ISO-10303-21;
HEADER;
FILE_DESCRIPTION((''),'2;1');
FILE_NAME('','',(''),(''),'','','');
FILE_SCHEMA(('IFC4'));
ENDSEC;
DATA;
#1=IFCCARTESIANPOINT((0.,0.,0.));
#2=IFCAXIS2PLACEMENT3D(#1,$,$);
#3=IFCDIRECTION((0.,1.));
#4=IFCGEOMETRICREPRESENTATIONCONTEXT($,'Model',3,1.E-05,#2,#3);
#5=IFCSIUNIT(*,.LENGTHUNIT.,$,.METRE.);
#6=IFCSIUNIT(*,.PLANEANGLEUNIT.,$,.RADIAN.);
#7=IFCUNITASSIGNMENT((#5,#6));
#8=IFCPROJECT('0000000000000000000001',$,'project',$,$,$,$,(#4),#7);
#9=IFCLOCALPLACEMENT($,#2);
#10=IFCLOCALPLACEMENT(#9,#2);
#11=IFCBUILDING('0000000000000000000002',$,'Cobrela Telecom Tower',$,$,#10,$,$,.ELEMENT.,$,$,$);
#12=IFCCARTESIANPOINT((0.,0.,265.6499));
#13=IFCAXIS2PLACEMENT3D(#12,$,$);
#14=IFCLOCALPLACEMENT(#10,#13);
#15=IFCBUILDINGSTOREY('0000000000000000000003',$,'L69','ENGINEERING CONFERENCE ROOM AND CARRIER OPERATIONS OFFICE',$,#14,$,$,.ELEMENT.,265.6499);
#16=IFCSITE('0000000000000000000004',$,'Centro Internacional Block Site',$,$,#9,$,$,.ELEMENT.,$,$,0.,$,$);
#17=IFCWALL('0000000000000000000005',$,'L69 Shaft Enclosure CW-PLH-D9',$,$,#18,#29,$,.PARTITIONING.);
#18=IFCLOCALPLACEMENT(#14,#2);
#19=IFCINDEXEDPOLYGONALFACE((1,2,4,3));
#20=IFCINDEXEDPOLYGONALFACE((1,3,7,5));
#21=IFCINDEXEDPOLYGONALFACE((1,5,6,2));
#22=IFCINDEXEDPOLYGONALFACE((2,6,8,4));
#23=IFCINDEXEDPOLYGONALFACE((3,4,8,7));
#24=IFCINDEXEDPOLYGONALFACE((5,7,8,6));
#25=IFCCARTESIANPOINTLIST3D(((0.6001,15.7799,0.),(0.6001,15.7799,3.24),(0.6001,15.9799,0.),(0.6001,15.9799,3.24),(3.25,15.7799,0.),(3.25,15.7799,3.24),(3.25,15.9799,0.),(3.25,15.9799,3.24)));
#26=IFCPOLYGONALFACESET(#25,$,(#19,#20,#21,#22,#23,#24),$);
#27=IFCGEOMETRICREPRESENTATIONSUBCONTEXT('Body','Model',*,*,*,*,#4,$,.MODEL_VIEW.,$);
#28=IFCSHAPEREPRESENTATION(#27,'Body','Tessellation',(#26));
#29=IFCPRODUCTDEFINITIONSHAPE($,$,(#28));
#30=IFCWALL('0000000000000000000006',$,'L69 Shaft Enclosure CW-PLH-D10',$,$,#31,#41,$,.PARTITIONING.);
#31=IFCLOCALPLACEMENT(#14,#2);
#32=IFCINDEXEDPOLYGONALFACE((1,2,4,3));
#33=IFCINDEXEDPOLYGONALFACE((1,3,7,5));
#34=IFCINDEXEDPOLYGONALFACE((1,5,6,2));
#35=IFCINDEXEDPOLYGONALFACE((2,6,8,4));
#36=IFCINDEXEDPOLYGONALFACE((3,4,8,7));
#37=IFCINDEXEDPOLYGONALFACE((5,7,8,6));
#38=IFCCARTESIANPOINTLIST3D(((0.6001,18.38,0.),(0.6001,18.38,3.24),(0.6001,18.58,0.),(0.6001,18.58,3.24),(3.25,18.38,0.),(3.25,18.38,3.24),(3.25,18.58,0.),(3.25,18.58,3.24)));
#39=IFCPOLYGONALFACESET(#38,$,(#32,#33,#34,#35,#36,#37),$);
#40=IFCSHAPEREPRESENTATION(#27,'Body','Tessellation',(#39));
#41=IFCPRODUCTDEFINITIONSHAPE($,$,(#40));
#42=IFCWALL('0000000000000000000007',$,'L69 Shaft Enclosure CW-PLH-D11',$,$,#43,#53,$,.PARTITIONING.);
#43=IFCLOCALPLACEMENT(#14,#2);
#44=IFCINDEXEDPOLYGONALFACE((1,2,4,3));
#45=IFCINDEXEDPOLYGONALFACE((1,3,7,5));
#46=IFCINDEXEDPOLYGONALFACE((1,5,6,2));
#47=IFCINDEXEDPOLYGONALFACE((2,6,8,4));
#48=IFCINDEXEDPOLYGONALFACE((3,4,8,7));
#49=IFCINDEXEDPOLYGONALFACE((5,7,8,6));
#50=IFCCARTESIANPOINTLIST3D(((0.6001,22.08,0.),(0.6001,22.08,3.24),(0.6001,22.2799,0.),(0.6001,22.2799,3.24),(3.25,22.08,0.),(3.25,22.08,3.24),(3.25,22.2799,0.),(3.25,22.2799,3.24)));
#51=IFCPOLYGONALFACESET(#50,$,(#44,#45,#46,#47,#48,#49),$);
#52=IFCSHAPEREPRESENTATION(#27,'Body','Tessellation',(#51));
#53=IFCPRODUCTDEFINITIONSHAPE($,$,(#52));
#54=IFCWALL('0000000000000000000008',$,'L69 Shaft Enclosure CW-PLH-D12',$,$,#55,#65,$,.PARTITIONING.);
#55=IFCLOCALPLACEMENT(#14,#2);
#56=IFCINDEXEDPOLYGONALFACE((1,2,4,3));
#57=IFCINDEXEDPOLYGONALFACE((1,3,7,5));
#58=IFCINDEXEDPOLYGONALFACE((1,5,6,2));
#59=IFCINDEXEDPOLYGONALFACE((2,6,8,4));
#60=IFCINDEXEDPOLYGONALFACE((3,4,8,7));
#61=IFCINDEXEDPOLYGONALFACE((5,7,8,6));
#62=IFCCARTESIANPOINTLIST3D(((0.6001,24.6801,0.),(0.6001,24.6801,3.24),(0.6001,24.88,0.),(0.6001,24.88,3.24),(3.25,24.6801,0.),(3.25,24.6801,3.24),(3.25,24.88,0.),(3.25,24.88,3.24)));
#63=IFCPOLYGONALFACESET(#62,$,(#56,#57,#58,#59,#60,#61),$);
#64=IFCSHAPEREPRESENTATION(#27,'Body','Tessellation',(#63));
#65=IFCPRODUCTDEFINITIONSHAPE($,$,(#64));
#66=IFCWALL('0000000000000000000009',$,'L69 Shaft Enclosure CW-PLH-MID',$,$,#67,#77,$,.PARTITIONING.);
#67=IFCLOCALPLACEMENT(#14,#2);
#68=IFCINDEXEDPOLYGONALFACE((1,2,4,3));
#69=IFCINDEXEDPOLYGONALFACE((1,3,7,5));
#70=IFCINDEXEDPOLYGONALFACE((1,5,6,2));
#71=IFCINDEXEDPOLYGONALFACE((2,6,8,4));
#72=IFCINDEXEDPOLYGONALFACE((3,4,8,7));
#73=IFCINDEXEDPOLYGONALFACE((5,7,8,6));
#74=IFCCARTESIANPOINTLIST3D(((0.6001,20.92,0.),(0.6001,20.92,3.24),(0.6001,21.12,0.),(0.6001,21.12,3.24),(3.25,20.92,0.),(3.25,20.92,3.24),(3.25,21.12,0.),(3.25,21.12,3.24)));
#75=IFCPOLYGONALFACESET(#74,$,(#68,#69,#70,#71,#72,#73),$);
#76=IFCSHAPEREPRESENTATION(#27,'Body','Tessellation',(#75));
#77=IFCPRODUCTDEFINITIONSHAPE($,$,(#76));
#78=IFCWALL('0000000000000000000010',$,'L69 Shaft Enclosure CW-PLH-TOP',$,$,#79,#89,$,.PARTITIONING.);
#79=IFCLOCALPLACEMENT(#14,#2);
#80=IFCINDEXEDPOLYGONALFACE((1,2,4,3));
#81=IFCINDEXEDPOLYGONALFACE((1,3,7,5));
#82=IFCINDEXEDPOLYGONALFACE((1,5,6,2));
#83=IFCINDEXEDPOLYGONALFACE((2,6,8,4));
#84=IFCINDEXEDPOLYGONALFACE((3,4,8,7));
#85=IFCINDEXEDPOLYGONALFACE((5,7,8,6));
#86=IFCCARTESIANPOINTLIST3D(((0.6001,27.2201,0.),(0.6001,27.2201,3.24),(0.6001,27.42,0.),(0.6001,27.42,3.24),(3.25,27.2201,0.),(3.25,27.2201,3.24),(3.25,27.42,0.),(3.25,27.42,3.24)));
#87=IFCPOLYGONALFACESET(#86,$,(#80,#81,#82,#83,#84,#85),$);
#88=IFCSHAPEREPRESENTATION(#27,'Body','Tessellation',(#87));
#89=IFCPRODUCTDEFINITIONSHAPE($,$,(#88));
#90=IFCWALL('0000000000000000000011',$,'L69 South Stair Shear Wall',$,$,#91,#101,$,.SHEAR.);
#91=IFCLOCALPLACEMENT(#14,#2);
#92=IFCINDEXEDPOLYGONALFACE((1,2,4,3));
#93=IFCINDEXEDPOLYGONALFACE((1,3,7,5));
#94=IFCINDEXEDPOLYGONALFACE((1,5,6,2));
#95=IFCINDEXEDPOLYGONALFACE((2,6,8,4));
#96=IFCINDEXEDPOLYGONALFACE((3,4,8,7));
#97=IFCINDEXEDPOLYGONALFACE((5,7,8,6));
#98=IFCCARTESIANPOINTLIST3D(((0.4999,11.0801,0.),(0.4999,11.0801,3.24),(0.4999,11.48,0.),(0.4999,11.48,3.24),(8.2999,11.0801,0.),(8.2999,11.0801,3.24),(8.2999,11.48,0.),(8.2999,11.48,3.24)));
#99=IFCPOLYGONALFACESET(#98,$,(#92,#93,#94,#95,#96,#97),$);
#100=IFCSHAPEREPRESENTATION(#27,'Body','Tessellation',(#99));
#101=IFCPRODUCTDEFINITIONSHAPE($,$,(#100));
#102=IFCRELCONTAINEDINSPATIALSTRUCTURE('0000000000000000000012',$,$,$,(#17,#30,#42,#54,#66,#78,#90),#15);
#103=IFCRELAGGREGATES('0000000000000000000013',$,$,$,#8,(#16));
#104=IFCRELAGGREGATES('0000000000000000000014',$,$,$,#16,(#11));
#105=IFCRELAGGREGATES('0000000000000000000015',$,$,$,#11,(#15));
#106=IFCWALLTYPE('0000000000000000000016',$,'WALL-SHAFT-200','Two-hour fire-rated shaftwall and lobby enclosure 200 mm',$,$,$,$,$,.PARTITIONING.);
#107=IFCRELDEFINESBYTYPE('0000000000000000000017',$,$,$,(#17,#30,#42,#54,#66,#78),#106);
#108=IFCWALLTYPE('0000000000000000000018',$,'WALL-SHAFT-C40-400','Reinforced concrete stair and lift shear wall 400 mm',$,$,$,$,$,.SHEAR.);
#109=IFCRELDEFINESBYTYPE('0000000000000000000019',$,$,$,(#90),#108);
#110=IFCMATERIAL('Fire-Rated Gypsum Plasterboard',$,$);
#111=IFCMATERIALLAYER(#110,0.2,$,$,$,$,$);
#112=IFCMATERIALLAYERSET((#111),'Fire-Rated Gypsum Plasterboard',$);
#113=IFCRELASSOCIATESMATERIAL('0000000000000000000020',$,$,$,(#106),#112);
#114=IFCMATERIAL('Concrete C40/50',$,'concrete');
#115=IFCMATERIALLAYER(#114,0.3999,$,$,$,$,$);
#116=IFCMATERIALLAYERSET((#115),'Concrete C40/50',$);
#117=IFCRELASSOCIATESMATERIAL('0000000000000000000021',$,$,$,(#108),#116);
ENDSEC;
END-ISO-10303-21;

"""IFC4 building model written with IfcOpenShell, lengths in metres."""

from ifc_helpers import new_model, si_unit, direction, frame, frame_2d, origin, place, context, subcontext, project, spatial, rectangle, extrude, material, layer, layer_set, type_object, element, save


model = new_model("IFC4")

# Units and contexts
model_context = context("Model", 3, precision=1e-05, world=origin(), true_north=direction((0.0, 1.0)))
body_context = subcontext(model_context, "Body", "Model", "MODEL_VIEW")
ifc_project = project(units=[si_unit("LENGTHUNIT", "METRE"), si_unit("PLANEANGLEUNIT", "RADIAN")], contexts=[model_context])

# Site, building, storey
site_placement = place(None, origin())
site = spatial("IfcSite", under=ifc_project, at=site_placement, Name="Centro Internacional Block Site", CompositionType="ELEMENT", RefElevation=0.0)
building_placement = place(site_placement, origin())
building = spatial("IfcBuilding", under=site, at=building_placement, Name="Cobrela Telecom Tower", CompositionType="ELEMENT")
storey_placement = place(building_placement, frame((0.0, 0.0, 265.6499)))
storey = spatial("IfcBuildingStorey", under=building, at=storey_placement, Name="L69", Description="ENGINEERING CONFERENCE ROOM AND CARRIER OPERATIONS OFFICE", CompositionType="ELEMENT", Elevation=265.6499)

# Shared definitions
ifc_material_1 = material(Name="Fire-Rated Gypsum Plasterboard")

# Shared definitions
ifc_layer_1 = layer(ifc_material_1, 0.2)
ifc_layer_set_1 = layer_set([ifc_layer_1], Name="Fire-Rated Gypsum Plasterboard")
wall_type_1 = type_object("IfcWallType", Name="WALL-SHAFT-200", Description="Two-hour fire-rated shaftwall and lobby enclosure 200 mm", PredefinedType="PARTITIONING", material=ifc_layer_set_1)

# Walls
for number, where, z_axis, x_axis, name in (
    (1, (0.6001, 15.8799, 0.0), (0.0, 0.0, 1.0), (1.0, 0.0, 0.0), "L69 Shaft Enclosure CW-PLH-D9"),
    (2, (0.6001, 18.48, 0.0), (0.0, 0.0, 1.0), (1.0, 0.0, 0.0), "L69 Shaft Enclosure CW-PLH-D10"),
    (3, (0.6001, 22.1799, 0.0), (0.0, 0.0, 1.0), (1.0, 0.0, 0.0), "L69 Shaft Enclosure CW-PLH-D11"),
    (4, (0.6001, 24.78, 0.0), (0.0, 0.0, 1.0), (1.0, 0.0, 0.0), "L69 Shaft Enclosure CW-PLH-D12"),
    (5, (0.6001, 21.02, 0.0), (0.0, 0.0, 1.0), (1.0, 0.0, 0.0), "L69 Shaft Enclosure CW-PLH-MID"),
    (6, (0.6001, 27.3201, 0.0), (0.0, 0.0, 1.0), (1.0, 0.0, 0.0), "L69 Shaft Enclosure CW-PLH-TOP"),
):
    element("IfcWall", number, at=place(storey_placement, frame(where, z_axis=z_axis, x_axis=x_axis)), inside=storey, type_object=wall_type_1, Name=name, PredefinedType="PARTITIONING", context=body_context, shape_type="SweptSolid", body=[
        extrude(rectangle(XDim=2.6499, YDim=0.2, at=frame_2d((1.325, 0.0))), origin(), (0.0, 0.0, 1.0), 3.24),
    ])
ifc_material_2 = material(Name="Concrete C40/50", Category="concrete")
ifc_layer_2 = layer(ifc_material_2, 0.3999)
ifc_layer_set_2 = layer_set([ifc_layer_2], Name="Concrete C40/50")
wall_type_2 = type_object("IfcWallType", Name="WALL-SHAFT-C40-400", Description="Reinforced concrete stair and lift shear wall 400 mm", PredefinedType="SHEAR", material=ifc_layer_set_2)
wall_1_placement = place(storey_placement, frame((0.5, 11.28, 0.0), z_axis=(0.0, 0.0, 1.0), x_axis=(1.0, 0.0, 0.0)))
element("IfcWall", 7, at=wall_1_placement, inside=storey, type_object=wall_type_2, Name="L69 South Stair Shear Wall", PredefinedType="SHEAR", context=body_context, shape_type="SweptSolid", body=[
    extrude(rectangle(XDim=7.8, YDim=0.3999, at=frame_2d((3.8999, 0.0))), origin(), (0.0, 0.0, 1.0), 3.24),
])

save(model, "model.ifc")
